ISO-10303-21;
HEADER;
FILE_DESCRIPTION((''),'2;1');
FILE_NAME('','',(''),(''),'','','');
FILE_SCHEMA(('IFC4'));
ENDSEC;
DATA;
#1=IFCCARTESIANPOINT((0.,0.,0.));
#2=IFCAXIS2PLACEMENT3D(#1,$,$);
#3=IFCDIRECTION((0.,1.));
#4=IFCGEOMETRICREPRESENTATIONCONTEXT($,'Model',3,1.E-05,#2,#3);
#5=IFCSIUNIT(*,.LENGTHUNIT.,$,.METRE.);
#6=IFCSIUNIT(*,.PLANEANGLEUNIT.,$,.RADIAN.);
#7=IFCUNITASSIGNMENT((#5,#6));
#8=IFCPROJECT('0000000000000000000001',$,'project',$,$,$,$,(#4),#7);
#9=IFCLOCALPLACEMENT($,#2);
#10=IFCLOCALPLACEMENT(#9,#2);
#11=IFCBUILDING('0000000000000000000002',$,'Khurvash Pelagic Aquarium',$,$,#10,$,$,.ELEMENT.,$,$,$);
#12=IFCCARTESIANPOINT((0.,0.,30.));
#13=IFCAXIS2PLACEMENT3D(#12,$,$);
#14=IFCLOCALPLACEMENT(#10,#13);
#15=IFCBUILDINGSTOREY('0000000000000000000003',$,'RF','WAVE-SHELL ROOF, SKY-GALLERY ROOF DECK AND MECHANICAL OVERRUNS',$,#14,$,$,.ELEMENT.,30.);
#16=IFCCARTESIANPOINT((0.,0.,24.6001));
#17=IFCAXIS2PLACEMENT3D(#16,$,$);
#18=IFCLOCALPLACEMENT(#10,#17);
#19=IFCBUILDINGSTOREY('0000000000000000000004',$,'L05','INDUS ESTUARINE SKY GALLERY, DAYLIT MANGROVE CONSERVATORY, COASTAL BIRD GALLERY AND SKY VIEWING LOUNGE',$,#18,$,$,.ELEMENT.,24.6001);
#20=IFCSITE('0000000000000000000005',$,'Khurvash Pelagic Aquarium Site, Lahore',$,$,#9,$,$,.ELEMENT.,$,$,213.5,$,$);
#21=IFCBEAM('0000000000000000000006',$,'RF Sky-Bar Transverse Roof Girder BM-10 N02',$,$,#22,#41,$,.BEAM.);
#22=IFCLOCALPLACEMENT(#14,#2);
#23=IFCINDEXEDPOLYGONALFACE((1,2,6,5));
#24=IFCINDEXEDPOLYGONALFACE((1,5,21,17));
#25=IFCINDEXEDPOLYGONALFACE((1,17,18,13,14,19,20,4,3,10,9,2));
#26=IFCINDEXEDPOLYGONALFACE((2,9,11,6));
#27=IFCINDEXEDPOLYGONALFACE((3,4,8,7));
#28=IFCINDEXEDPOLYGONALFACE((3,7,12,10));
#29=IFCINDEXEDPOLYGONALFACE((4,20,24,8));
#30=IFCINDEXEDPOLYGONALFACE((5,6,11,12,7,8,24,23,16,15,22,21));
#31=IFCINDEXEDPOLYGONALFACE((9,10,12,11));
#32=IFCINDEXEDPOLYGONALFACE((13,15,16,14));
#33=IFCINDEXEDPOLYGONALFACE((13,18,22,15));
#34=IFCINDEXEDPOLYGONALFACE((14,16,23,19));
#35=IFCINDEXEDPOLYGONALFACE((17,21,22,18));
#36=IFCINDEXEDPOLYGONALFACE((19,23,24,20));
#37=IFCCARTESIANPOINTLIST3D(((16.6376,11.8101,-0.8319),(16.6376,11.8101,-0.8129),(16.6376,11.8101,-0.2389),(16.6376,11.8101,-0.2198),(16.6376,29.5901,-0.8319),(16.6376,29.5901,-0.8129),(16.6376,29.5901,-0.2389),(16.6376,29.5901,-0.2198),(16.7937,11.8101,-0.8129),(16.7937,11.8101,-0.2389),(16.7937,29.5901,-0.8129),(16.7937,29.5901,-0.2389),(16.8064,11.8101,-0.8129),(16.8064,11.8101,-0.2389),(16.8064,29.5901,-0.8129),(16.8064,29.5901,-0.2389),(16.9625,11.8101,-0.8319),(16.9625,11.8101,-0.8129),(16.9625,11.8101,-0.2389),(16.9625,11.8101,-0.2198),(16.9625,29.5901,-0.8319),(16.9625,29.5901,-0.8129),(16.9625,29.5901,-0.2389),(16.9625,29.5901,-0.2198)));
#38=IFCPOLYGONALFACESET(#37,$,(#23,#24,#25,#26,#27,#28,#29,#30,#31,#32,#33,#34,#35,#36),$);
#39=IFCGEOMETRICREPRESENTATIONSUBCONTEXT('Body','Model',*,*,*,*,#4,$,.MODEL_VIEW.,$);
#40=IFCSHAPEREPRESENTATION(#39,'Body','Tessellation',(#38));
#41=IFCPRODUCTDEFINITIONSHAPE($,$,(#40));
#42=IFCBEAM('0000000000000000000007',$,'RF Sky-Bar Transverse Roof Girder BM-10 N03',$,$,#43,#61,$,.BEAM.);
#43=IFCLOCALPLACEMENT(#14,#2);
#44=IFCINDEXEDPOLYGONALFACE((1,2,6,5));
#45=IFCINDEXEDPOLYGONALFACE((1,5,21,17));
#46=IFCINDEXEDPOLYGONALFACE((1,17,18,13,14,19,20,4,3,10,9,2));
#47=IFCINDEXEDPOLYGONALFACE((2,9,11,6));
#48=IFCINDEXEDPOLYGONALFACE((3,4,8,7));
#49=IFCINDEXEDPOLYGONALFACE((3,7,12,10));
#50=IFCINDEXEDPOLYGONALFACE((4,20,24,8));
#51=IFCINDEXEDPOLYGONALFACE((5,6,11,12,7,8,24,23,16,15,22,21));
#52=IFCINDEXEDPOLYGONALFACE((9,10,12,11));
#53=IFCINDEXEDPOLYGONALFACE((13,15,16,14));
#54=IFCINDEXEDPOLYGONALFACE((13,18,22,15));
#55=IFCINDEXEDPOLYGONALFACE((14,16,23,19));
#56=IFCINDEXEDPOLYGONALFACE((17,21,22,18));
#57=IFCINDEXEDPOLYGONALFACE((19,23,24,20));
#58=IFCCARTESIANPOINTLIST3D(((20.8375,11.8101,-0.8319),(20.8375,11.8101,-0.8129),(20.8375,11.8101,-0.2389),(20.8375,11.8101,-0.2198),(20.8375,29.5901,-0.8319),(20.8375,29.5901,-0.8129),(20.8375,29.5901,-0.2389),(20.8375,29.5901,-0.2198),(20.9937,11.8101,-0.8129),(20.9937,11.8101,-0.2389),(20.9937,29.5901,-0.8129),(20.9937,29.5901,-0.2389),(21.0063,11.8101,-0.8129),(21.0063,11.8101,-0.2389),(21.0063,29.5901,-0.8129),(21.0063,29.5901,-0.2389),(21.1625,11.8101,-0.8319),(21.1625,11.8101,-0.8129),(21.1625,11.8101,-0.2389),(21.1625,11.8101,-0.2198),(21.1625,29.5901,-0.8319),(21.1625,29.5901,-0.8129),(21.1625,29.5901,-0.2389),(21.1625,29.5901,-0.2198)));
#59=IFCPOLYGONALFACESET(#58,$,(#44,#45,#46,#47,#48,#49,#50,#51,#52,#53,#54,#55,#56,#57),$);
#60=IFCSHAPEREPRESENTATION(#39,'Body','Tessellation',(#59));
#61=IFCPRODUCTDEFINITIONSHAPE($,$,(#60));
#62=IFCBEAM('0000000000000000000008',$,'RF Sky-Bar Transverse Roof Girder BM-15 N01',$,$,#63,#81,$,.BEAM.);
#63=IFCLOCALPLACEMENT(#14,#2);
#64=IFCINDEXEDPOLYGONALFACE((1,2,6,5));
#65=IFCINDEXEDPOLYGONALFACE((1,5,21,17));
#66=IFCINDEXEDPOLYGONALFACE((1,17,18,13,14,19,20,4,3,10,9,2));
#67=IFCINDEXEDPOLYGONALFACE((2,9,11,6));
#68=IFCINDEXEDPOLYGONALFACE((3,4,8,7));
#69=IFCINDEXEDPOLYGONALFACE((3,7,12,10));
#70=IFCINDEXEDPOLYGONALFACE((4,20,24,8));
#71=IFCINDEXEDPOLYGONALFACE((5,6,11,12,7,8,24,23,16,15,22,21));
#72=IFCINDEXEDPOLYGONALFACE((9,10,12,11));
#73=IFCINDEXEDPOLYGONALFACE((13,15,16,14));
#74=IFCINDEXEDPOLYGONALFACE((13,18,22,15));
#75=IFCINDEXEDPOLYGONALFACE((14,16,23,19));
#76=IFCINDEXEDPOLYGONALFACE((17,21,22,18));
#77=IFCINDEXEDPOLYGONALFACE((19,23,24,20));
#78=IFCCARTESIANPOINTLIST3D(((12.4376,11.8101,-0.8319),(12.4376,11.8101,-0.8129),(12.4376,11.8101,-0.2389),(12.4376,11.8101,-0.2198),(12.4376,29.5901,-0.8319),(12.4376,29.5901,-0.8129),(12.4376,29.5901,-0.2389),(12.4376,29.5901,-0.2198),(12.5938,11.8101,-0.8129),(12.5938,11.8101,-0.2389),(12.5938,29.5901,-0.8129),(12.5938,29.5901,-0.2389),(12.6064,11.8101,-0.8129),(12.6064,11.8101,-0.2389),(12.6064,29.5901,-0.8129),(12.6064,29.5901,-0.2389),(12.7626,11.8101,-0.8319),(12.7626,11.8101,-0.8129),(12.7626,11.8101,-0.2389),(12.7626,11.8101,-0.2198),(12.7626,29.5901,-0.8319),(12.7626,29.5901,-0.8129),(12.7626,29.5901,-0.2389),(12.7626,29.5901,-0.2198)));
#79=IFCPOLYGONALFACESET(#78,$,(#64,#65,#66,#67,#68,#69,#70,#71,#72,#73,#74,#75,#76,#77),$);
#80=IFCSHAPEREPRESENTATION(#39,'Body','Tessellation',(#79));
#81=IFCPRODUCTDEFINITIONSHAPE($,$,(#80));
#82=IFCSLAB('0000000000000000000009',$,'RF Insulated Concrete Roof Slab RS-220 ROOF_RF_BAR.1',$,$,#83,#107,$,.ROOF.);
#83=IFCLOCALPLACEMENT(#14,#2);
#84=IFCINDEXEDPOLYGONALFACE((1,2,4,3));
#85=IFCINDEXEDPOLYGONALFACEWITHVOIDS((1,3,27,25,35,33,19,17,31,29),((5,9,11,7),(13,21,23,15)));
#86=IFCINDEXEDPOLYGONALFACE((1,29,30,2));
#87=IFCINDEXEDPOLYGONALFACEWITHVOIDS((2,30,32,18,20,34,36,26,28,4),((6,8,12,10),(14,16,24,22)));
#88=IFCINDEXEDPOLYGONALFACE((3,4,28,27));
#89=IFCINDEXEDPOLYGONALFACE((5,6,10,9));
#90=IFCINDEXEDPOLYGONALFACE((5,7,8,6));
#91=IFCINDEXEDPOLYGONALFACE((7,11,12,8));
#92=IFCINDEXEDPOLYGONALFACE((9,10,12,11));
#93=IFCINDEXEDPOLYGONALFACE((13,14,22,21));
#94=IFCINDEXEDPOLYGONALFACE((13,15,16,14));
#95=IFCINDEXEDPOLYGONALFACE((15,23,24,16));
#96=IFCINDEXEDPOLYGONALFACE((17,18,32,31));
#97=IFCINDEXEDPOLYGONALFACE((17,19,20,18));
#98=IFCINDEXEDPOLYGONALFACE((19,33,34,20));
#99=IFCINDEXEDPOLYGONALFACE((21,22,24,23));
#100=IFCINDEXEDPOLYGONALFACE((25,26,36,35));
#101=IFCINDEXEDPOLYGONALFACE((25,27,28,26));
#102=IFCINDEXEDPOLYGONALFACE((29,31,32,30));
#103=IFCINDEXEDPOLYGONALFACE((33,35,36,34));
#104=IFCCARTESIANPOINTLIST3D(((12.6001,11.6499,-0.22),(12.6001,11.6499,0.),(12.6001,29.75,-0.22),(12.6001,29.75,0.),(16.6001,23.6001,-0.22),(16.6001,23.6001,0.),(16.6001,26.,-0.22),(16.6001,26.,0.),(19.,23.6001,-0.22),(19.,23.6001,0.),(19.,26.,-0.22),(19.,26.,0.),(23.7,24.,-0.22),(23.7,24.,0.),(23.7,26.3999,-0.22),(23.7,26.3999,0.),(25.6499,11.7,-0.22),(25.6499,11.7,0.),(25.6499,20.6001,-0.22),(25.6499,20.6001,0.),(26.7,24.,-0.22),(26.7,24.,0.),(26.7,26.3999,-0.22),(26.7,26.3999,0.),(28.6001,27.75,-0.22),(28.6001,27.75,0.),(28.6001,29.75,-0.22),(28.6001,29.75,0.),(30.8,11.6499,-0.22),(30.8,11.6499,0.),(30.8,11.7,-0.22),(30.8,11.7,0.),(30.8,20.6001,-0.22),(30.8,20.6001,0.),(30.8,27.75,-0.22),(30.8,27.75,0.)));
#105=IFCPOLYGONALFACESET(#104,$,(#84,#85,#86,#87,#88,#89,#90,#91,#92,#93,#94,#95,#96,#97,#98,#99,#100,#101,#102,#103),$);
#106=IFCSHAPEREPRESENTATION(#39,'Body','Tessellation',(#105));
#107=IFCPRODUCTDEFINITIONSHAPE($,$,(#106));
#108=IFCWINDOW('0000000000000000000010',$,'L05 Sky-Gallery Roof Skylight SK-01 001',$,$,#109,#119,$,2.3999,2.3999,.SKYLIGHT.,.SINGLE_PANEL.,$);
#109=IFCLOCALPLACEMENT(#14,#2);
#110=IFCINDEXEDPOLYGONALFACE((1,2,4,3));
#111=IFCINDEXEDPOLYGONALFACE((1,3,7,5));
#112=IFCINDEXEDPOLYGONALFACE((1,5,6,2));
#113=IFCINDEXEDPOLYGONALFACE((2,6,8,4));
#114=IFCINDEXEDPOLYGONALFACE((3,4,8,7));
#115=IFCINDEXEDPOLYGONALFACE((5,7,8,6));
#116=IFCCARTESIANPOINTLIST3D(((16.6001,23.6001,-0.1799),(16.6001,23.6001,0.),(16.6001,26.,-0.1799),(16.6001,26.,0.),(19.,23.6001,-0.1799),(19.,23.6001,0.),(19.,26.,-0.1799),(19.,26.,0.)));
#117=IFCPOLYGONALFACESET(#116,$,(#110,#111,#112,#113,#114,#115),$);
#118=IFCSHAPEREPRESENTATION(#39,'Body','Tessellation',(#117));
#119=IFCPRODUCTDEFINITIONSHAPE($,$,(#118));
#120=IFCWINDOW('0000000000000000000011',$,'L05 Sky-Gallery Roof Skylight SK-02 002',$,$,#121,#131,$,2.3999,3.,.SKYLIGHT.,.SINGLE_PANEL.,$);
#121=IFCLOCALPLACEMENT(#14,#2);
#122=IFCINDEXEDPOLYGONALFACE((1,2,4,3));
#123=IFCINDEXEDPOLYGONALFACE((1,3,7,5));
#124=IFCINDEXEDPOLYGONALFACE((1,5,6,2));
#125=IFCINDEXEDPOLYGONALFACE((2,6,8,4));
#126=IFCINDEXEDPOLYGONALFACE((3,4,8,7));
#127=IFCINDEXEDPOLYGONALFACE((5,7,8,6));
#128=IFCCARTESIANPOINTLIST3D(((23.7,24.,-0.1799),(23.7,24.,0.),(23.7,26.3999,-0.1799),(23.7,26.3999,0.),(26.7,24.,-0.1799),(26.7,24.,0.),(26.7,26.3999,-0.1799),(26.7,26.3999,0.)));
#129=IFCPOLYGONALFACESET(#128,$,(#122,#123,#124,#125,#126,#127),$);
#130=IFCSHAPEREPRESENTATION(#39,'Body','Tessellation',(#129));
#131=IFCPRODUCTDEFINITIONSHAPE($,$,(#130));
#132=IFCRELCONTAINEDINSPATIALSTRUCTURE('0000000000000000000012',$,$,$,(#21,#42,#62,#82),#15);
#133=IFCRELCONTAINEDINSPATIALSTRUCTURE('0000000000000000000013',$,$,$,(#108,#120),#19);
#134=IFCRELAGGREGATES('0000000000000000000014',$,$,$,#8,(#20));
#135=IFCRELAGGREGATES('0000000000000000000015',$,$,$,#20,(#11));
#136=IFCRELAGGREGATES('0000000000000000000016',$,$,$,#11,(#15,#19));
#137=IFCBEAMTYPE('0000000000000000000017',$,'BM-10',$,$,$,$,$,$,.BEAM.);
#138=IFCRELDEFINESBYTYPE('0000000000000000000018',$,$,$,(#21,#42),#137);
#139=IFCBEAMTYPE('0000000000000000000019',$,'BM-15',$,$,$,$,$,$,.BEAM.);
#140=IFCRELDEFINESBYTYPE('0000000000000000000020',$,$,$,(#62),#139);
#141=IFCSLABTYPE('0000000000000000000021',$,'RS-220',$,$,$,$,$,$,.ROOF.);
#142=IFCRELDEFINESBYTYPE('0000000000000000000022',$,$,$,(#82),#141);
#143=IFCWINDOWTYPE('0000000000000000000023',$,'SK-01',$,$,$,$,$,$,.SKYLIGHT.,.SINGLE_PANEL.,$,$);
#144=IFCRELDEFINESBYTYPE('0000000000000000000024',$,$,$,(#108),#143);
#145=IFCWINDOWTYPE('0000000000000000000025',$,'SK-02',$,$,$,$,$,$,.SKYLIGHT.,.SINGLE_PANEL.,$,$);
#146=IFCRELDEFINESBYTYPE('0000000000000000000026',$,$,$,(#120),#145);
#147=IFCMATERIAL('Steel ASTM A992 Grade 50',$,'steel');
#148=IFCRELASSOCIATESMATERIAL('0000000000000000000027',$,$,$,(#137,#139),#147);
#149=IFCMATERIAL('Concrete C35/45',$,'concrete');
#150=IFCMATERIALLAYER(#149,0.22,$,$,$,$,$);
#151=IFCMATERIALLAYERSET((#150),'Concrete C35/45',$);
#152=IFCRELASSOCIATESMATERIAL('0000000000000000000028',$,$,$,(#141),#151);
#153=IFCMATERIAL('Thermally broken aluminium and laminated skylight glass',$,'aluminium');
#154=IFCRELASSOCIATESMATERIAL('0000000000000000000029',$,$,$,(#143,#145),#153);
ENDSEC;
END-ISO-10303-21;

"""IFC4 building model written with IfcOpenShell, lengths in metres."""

from ifc_helpers import new_model, si_unit, direction, frame, origin, origin_2d, place, context, subcontext, project, spatial, polyline, rectangle, i_section, outline, extrude, material, layer, layer_set, material_profile, profile_set, type_object, element, fill, save


model = new_model("IFC4")

# Units and contexts
model_context = context("Model", 3, precision=1e-05, world=origin(), true_north=direction((0.0, 1.0)))
body_context = subcontext(model_context, "Body", "Model", "MODEL_VIEW")
ifc_project = project(units=[si_unit("LENGTHUNIT", "METRE"), si_unit("PLANEANGLEUNIT", "RADIAN")], contexts=[model_context])

# Site, building, storey
site_placement = place(None, origin())
site = spatial("IfcSite", under=ifc_project, at=site_placement, Name="Khurvash Pelagic Aquarium Site, Lahore", CompositionType="ELEMENT", RefElevation=213.5)
building_placement = place(site_placement, origin())
building = spatial("IfcBuilding", under=site, at=building_placement, Name="Khurvash Pelagic Aquarium", CompositionType="ELEMENT")
storey_1_placement = place(building_placement, frame((0.0, 0.0, 30.0)))
storey_1 = spatial("IfcBuildingStorey", under=building, at=storey_1_placement, Name="RF", Description="WAVE-SHELL ROOF, SKY-GALLERY ROOF DECK AND MECHANICAL OVERRUNS", CompositionType="ELEMENT", Elevation=30.0)

# Beams
ifc_material_1 = material(Name="Steel ASTM A992 Grade 50", Category="steel")
ifc_material_profile_1 = material_profile(ifc_material_1, i_section(OverallWidth=0.325, OverallDepth=0.6121, WebThickness=0.0127, FlangeThickness=0.019, at=origin_2d()), Name="W24X104")
ifc_profile_set_1 = profile_set([ifc_material_profile_1], Name="Steel ASTM A992 Grade 50")
beam_type_1 = type_object("IfcBeamType", Name="BM-10", PredefinedType="BEAM", material=ifc_profile_set_1)
for number, where, z_axis, x_axis, name in (
    (1, (16.8, 11.8101, -0.5259), (0.0, 1.0, 0.0), (-1.0, 0.0, 0.0), "RF Sky-Bar Transverse Roof Girder BM-10 N02"),
    (2, (21.0, 11.8101, -0.5259), (0.0, 1.0, 0.0), (-1.0, 0.0, 0.0), "RF Sky-Bar Transverse Roof Girder BM-10 N03"),
):
    element("IfcBeam", number, at=place(storey_1_placement, frame(where, z_axis=z_axis, x_axis=x_axis)), inside=storey_1, type_object=beam_type_1, Name=name, PredefinedType="BEAM", context=body_context, shape_type="SweptSolid", body=[
        extrude(i_section(OverallWidth=0.325, OverallDepth=0.6121, WebThickness=0.0127, FlangeThickness=0.019, at=origin_2d()), origin(), (0.0, 0.0, 1.0), 17.78),
    ])
ifc_material_profile_2 = material_profile(ifc_material_1, i_section(OverallWidth=0.325, OverallDepth=0.6121, WebThickness=0.0127, FlangeThickness=0.019, at=origin_2d()), Name="W24X104")
ifc_profile_set_2 = profile_set([ifc_material_profile_2], Name="Steel ASTM A992 Grade 50")
beam_type_2 = type_object("IfcBeamType", Name="BM-15", PredefinedType="BEAM", material=ifc_profile_set_2)
beam_placement = place(storey_1_placement, frame((12.6001, 11.8101, -0.5259), z_axis=(0.0, 1.0, 0.0), x_axis=(-1.0, 0.0, 0.0)))
element("IfcBeam", 3, at=beam_placement, inside=storey_1, type_object=beam_type_2, Name="RF Sky-Bar Transverse Roof Girder BM-15 N01", PredefinedType="BEAM", context=body_context, shape_type="SweptSolid", body=[
    extrude(i_section(OverallWidth=0.325, OverallDepth=0.6121, WebThickness=0.0127, FlangeThickness=0.019, at=origin_2d()), origin(), (0.0, 0.0, 1.0), 17.78),
])

# Slab, openings
ifc_material_2 = material(Name="Concrete C35/45", Category="concrete")
ifc_layer = layer(ifc_material_2, 0.22)
ifc_layer_set = layer_set([ifc_layer], Name="Concrete C35/45")
slab_type = type_object("IfcSlabType", Name="RS-220", PredefinedType="ROOF", material=ifc_layer_set)
slab_1_placement = place(storey_1_placement, frame((0.0, 0.0, -0.22)))
slab_1 = element("IfcSlab", 4, at=slab_1_placement, inside=storey_1, type_object=slab_type, Name="RF Insulated Concrete Roof Slab RS-220 ROOF_RF_BAR.1", PredefinedType="ROOF", context=body_context, shape_type="SweptSolid", body=[
    extrude(outline(polyline([(30.8, 11.6499), (30.8, 11.7), (25.6499, 11.7), (25.6499, 20.6001), (30.8, 20.6001), (30.8, 27.75), (28.6001, 27.75), (28.6001, 29.75), (12.6001, 29.75), (12.6001, 11.6499), (30.8, 11.6499)])), origin(), (0.0, 0.0, 1.0), 0.22),
])
opening_1_placement = place(slab_1_placement, frame((17.8, 24.8, -0.01), z_axis=(0.0, 0.0, 1.0), x_axis=(1.0, 0.0, 0.0)))
opening_1 = element("IfcOpeningElement", 5, at=opening_1_placement, cuts=slab_1, PredefinedType="OPENING", context=body_context, shape_type="SweptSolid", body=[
    extrude(rectangle(XDim=2.3999, YDim=2.3999, at=origin_2d()), origin(), (0.0, 0.0, 1.0), 0.24),
])
opening_2_placement = place(slab_1_placement, frame((25.2, 25.2, -0.01), z_axis=(0.0, 0.0, 1.0), x_axis=(1.0, 0.0, 0.0)))
opening_2 = element("IfcOpeningElement", 6, at=opening_2_placement, cuts=slab_1, PredefinedType="OPENING", context=body_context, shape_type="SweptSolid", body=[
    extrude(rectangle(XDim=3.0, YDim=2.3999, at=origin_2d()), origin(), (0.0, 0.0, 1.0), 0.24),
])

# Shared definitions
storey_2_placement = place(building_placement, frame((0.0, 0.0, 24.6001)))
storey_2 = spatial("IfcBuildingStorey", under=building, at=storey_2_placement, Name="L05", Description="INDUS ESTUARINE SKY GALLERY, DAYLIT MANGROVE CONSERVATORY, COASTAL BIRD GALLERY AND SKY VIEWING LOUNGE", CompositionType="ELEMENT", Elevation=24.6001)

# Windows
ifc_material_3 = material(Name="Thermally broken aluminium and laminated skylight glass", Category="aluminium")
window_type_1 = type_object("IfcWindowType", Name="SK-01", PartitioningType="SINGLE_PANEL", PredefinedType="SKYLIGHT", material=ifc_material_3)
window_1_placement = place(opening_1_placement, frame((0.0, 0.0, 0.05)))
window_1 = element("IfcWindow", 7, at=window_1_placement, inside=storey_2, type_object=window_type_1, Name="L05 Sky-Gallery Roof Skylight SK-01 001", OverallHeight=2.3999, OverallWidth=2.3999, PartitioningType="SINGLE_PANEL", PredefinedType="SKYLIGHT", context=body_context, shape_type="SweptSolid", body=[
    extrude(rectangle(XDim=2.3999, YDim=2.3999, at=origin_2d()), origin(), (0.0, 0.0, 1.0), 0.1799),
])
fill(opening_1, window_1)
window_type_2 = type_object("IfcWindowType", Name="SK-02", PartitioningType="SINGLE_PANEL", PredefinedType="SKYLIGHT", material=ifc_material_3)
window_2_placement = place(opening_2_placement, frame((0.0, 0.0, 0.05)))
window_2 = element("IfcWindow", 8, at=window_2_placement, inside=storey_2, type_object=window_type_2, Name="L05 Sky-Gallery Roof Skylight SK-02 002", OverallHeight=2.3999, OverallWidth=3.0, PartitioningType="SINGLE_PANEL", PredefinedType="SKYLIGHT", context=body_context, shape_type="SweptSolid", body=[
    extrude(rectangle(XDim=3.0, YDim=2.3999, at=origin_2d()), origin(), (0.0, 0.0, 1.0), 0.1799),
])
fill(opening_2, window_2)

save(model, "model.ifc")
